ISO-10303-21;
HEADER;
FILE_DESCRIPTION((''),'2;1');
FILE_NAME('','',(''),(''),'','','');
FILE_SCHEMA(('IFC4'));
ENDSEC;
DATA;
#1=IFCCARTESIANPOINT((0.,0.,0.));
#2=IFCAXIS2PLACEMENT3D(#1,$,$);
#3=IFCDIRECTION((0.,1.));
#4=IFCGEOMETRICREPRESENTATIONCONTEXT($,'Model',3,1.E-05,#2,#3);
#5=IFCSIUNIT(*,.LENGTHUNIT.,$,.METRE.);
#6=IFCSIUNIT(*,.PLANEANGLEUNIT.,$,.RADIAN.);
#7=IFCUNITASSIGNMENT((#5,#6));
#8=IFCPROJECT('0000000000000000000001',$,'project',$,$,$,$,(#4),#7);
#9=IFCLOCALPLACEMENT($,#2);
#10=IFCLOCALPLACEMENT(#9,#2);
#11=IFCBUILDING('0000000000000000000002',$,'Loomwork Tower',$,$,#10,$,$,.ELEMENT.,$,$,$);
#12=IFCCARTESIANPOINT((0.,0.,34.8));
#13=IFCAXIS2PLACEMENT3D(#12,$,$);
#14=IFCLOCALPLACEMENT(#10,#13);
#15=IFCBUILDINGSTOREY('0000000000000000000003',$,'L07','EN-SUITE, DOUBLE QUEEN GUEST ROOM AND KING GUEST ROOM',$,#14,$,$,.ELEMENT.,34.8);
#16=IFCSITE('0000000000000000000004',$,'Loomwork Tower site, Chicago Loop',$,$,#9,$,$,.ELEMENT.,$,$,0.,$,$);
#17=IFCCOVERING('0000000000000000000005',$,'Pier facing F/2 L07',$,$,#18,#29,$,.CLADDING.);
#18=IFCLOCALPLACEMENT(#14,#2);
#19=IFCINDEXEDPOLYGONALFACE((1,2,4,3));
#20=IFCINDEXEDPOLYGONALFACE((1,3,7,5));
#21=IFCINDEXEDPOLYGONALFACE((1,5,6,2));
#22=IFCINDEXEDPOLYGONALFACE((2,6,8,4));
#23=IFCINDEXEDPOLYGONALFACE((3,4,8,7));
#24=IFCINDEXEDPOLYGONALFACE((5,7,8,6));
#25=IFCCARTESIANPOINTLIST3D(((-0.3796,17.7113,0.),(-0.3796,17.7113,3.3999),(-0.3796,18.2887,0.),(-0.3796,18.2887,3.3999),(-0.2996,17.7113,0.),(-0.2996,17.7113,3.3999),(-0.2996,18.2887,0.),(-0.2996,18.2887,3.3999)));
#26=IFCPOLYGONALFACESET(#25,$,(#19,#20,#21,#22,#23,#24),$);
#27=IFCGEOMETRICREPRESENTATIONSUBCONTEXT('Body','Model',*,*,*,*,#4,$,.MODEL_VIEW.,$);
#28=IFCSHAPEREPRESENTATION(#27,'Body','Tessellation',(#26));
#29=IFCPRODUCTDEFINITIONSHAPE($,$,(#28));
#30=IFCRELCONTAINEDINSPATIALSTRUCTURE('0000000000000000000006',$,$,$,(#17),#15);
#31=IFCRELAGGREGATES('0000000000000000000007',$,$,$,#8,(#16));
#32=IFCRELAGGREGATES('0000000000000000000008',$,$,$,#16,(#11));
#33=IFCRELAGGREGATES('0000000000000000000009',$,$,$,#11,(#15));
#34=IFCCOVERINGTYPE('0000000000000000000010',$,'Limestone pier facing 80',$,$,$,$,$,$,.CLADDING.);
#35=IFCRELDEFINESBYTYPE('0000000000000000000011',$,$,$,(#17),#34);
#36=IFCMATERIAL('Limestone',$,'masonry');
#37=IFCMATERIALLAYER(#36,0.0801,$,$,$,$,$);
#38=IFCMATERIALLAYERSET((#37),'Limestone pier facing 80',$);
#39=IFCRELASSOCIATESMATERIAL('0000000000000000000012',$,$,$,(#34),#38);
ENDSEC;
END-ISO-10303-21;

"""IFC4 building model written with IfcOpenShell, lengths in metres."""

from ifc_helpers import new_model, si_unit, direction, frame, origin, origin_2d, place, context, subcontext, project, spatial, rectangle, extrude, material, layer, layer_set, type_object, element, save


model = new_model("IFC4")

# Units and contexts
model_context = context("Model", 3, precision=1e-05, world=origin(), true_north=direction((0.0, 1.0)))
body_context = subcontext(model_context, "Body", "Model", "MODEL_VIEW")
ifc_project = project(units=[si_unit("LENGTHUNIT", "METRE"), si_unit("PLANEANGLEUNIT", "RADIAN")], contexts=[model_context])

# Site, building, storey
site_placement = place(None, origin())
site = spatial("IfcSite", under=ifc_project, at=site_placement, Name="Loomwork Tower site, Chicago Loop", CompositionType="ELEMENT", RefElevation=0.0)
building_placement = place(site_placement, origin())
building = spatial("IfcBuilding", under=site, at=building_placement, Name="Loomwork Tower", CompositionType="ELEMENT")
storey_placement = place(building_placement, frame((0.0, 0.0, 34.8)))
storey = spatial("IfcBuildingStorey", under=building, at=storey_placement, Name="L07", Description="EN-SUITE, DOUBLE QUEEN GUEST ROOM AND KING GUEST ROOM", CompositionType="ELEMENT", Elevation=34.8)

# Covering
ifc_material_1 = material(Name="Limestone", Category="masonry")
ifc_layer_1 = layer(ifc_material_1, 0.0801)
ifc_layer_set_1 = layer_set([ifc_layer_1], Name="Limestone pier facing 80")
covering_type = type_object("IfcCoveringType", Name="Limestone pier facing 80", PredefinedType="CLADDING", material=ifc_layer_set_1)
covering_placement = place(storey_placement, frame((-0.3396, 18.0, 0.0), z_axis=(0.0, 0.0, 1.0), x_axis=(1.0, 0.0, 0.0)))
element("IfcCovering", 1, at=covering_placement, inside=storey, type_object=covering_type, Name="Pier facing F/2 L07", PredefinedType="CLADDING", context=body_context, shape_type="SweptSolid", body=[
    extrude(rectangle(XDim=0.0801, YDim=0.5774, at=origin_2d()), origin(), (0.0, 0.0, 1.0), 3.3999),
])

save(model, "model.ifc")
